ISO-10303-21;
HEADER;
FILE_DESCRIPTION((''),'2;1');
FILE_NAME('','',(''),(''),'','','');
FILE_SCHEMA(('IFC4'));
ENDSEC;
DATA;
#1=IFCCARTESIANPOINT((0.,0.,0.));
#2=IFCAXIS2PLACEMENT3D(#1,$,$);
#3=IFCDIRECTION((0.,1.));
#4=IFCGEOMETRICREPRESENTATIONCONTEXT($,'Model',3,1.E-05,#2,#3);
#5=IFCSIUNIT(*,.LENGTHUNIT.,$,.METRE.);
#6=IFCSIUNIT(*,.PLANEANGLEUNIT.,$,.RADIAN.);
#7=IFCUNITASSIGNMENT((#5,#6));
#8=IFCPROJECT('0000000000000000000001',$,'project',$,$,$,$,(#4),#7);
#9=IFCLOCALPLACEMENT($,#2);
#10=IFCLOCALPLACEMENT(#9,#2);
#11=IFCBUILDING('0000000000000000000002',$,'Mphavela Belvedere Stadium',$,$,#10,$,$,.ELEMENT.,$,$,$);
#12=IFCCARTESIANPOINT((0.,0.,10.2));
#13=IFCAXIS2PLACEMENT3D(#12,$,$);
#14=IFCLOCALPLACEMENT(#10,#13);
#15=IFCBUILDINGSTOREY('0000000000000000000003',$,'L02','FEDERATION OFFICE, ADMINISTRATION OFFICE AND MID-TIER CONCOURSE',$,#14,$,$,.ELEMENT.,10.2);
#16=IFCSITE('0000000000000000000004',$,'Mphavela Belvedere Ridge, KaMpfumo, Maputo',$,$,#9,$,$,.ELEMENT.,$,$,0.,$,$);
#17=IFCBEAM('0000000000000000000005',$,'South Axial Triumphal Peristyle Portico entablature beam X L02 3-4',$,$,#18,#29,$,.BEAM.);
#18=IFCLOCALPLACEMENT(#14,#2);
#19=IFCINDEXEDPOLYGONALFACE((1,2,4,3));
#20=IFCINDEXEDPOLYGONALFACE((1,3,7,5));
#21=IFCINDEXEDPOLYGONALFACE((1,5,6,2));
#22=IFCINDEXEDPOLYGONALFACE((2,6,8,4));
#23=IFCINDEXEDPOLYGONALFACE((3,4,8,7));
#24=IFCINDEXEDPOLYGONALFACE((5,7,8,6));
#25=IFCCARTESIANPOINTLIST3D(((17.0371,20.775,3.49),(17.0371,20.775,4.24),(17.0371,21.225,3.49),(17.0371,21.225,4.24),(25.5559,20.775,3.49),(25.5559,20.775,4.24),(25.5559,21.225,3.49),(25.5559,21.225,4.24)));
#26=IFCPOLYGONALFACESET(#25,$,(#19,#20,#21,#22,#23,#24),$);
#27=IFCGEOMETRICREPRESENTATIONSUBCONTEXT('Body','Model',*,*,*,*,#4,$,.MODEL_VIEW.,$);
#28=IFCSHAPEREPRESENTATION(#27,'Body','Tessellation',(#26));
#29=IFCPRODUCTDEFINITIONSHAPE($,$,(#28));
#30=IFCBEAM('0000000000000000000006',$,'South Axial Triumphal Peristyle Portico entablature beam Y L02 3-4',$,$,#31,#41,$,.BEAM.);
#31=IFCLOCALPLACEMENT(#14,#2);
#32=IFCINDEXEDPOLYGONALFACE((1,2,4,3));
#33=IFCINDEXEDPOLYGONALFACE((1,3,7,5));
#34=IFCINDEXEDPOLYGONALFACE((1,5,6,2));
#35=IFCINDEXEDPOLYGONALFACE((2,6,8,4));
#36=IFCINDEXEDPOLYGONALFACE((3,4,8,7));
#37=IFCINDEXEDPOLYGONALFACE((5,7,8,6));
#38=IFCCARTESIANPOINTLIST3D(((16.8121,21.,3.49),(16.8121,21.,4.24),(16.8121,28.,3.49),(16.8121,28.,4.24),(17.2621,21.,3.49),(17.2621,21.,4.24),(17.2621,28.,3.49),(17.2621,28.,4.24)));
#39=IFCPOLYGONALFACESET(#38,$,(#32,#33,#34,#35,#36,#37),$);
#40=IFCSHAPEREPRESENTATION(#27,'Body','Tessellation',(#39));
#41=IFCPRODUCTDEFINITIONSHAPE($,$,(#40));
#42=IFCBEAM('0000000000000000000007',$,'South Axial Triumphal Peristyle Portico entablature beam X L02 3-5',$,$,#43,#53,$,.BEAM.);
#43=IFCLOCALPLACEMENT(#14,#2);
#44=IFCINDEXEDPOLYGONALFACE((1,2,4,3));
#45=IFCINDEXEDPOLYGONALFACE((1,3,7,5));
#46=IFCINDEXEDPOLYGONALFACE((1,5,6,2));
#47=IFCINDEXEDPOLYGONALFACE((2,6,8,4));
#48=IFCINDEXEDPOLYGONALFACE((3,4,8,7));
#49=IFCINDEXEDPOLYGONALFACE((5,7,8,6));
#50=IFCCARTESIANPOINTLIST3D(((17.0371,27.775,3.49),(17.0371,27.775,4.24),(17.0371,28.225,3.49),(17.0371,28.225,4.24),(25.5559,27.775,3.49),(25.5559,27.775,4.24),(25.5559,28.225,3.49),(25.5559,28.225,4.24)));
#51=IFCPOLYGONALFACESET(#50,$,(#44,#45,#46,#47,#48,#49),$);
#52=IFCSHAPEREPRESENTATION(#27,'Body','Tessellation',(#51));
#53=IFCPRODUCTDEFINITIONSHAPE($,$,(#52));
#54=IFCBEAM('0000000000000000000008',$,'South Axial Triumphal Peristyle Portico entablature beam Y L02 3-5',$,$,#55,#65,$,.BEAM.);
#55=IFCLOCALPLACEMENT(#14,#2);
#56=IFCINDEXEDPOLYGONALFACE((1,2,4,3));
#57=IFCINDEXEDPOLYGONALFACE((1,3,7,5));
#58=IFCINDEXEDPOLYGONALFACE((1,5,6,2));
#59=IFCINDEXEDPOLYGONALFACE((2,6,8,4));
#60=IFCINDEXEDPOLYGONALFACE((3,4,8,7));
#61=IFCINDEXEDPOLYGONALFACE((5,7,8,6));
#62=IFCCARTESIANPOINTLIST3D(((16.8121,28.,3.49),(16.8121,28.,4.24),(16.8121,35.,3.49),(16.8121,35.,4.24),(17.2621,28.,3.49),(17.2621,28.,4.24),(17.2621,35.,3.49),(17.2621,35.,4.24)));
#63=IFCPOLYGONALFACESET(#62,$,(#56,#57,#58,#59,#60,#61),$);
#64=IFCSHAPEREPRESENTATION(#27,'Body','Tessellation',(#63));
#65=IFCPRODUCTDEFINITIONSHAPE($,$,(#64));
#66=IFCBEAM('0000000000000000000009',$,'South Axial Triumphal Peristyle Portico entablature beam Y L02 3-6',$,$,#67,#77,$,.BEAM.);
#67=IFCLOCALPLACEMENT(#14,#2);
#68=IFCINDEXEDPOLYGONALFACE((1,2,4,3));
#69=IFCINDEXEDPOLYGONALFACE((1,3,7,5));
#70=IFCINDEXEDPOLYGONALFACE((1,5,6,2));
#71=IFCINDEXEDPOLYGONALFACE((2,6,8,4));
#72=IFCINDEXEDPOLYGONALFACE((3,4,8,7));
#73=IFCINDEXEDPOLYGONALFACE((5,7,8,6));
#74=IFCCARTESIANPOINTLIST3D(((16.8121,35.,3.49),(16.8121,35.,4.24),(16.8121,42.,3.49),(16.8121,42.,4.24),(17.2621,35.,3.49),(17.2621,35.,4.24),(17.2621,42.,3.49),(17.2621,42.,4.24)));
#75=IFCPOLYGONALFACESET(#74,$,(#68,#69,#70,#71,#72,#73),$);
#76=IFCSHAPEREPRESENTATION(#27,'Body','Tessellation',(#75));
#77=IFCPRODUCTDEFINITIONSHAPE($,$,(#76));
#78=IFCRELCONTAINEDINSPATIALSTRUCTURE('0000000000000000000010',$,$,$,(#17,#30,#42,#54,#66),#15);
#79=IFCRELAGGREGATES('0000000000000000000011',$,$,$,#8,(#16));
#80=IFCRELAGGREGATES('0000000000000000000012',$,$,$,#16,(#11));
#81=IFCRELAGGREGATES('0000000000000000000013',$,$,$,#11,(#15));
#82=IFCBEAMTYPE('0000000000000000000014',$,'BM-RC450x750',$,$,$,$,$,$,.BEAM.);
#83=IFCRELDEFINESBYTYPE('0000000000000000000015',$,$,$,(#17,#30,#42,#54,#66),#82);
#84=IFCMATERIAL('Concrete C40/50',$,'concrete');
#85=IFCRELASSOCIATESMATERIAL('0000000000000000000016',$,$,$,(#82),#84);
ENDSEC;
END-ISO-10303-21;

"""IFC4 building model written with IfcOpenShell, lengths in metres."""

from ifc_helpers import new_model, si_unit, direction, frame, origin, origin_2d, place, context, subcontext, project, spatial, rectangle, extrude, material, material_profile, profile_set, type_object, element, save


model = new_model("IFC4")

# Units and contexts
model_context = context("Model", 3, precision=1e-05, world=origin(), true_north=direction((0.0, 1.0)))
body_context = subcontext(model_context, "Body", "Model", "MODEL_VIEW")
ifc_project = project(units=[si_unit("LENGTHUNIT", "METRE"), si_unit("PLANEANGLEUNIT", "RADIAN")], contexts=[model_context])

# Site, building, storey
site_placement = place(None, origin())
site = spatial("IfcSite", under=ifc_project, at=site_placement, Name="Mphavela Belvedere Ridge, KaMpfumo, Maputo", CompositionType="ELEMENT", RefElevation=0.0)
building_placement = place(site_placement, origin())
building = spatial("IfcBuilding", under=site, at=building_placement, Name="Mphavela Belvedere Stadium", CompositionType="ELEMENT")
storey_placement = place(building_placement, frame((0.0, 0.0, 10.2)))
storey = spatial("IfcBuildingStorey", under=building, at=storey_placement, Name="L02", Description="FEDERATION OFFICE, ADMINISTRATION OFFICE AND MID-TIER CONCOURSE", CompositionType="ELEMENT", Elevation=10.2)

# Beams
ifc_material_1 = material(Name="Concrete C40/50", Category="concrete")
ifc_material_profile_1 = material_profile(ifc_material_1, rectangle(XDim=0.45, YDim=0.75, at=origin_2d()), Name="RC 450x750")
ifc_profile_set_1 = profile_set([ifc_material_profile_1], Name="Concrete C40/50")
beam_type_1 = type_object("IfcBeamType", Name="BM-RC450x750", PredefinedType="BEAM", material=ifc_profile_set_1)
beam_1_placement = place(storey_placement, frame((17.0371, 21.0, 3.865), z_axis=(1.0, 0.0, 0.0), x_axis=(0.0, 1.0, 0.0)))
element("IfcBeam", 1, at=beam_1_placement, inside=storey, type_object=beam_type_1, Name="South Axial Triumphal Peristyle Portico entablature beam X L02 3-4", PredefinedType="BEAM", context=body_context, shape_type="SweptSolid", body=[
    extrude(rectangle(XDim=0.45, YDim=0.75, at=origin_2d()), origin(), (0.0, 0.0, 1.0), 8.5188),
])
beam_2_placement = place(storey_placement, frame((17.0371, 21.0, 3.865), z_axis=(0.0, 1.0, 0.0), x_axis=(-1.0, 0.0, 0.0)))
element("IfcBeam", 2, at=beam_2_placement, inside=storey, type_object=beam_type_1, Name="South Axial Triumphal Peristyle Portico entablature beam Y L02 3-4", PredefinedType="BEAM", context=body_context, shape_type="SweptSolid", body=[
    extrude(rectangle(XDim=0.45, YDim=0.75, at=origin_2d()), origin(), (0.0, 0.0, 1.0), 7.0),
])
beam_3_placement = place(storey_placement, frame((17.0371, 28.0, 3.865), z_axis=(1.0, 0.0, 0.0), x_axis=(0.0, 1.0, 0.0)))
element("IfcBeam", 3, at=beam_3_placement, inside=storey, type_object=beam_type_1, Name="South Axial Triumphal Peristyle Portico entablature beam X L02 3-5", PredefinedType="BEAM", context=body_context, shape_type="SweptSolid", body=[
    extrude(rectangle(XDim=0.45, YDim=0.75, at=origin_2d()), origin(), (0.0, 0.0, 1.0), 8.5188),
])
for number, where, z_axis, x_axis, name in (
    (4, (17.0371, 28.0, 3.865), (0.0, 1.0, 0.0), (-1.0, 0.0, 0.0), "South Axial Triumphal Peristyle Portico entablature beam Y L02 3-5"),
    (5, (17.0371, 35.0, 3.865), (0.0, 1.0, 0.0), (-1.0, 0.0, 0.0), "South Axial Triumphal Peristyle Portico entablature beam Y L02 3-6"),
):
    element("IfcBeam", number, at=place(storey_placement, frame(where, z_axis=z_axis, x_axis=x_axis)), inside=storey, type_object=beam_type_1, Name=name, PredefinedType="BEAM", context=body_context, shape_type="SweptSolid", body=[
        extrude(rectangle(XDim=0.45, YDim=0.75, at=origin_2d()), origin(), (0.0, 0.0, 1.0), 7.0),
    ])

save(model, "model.ifc")
